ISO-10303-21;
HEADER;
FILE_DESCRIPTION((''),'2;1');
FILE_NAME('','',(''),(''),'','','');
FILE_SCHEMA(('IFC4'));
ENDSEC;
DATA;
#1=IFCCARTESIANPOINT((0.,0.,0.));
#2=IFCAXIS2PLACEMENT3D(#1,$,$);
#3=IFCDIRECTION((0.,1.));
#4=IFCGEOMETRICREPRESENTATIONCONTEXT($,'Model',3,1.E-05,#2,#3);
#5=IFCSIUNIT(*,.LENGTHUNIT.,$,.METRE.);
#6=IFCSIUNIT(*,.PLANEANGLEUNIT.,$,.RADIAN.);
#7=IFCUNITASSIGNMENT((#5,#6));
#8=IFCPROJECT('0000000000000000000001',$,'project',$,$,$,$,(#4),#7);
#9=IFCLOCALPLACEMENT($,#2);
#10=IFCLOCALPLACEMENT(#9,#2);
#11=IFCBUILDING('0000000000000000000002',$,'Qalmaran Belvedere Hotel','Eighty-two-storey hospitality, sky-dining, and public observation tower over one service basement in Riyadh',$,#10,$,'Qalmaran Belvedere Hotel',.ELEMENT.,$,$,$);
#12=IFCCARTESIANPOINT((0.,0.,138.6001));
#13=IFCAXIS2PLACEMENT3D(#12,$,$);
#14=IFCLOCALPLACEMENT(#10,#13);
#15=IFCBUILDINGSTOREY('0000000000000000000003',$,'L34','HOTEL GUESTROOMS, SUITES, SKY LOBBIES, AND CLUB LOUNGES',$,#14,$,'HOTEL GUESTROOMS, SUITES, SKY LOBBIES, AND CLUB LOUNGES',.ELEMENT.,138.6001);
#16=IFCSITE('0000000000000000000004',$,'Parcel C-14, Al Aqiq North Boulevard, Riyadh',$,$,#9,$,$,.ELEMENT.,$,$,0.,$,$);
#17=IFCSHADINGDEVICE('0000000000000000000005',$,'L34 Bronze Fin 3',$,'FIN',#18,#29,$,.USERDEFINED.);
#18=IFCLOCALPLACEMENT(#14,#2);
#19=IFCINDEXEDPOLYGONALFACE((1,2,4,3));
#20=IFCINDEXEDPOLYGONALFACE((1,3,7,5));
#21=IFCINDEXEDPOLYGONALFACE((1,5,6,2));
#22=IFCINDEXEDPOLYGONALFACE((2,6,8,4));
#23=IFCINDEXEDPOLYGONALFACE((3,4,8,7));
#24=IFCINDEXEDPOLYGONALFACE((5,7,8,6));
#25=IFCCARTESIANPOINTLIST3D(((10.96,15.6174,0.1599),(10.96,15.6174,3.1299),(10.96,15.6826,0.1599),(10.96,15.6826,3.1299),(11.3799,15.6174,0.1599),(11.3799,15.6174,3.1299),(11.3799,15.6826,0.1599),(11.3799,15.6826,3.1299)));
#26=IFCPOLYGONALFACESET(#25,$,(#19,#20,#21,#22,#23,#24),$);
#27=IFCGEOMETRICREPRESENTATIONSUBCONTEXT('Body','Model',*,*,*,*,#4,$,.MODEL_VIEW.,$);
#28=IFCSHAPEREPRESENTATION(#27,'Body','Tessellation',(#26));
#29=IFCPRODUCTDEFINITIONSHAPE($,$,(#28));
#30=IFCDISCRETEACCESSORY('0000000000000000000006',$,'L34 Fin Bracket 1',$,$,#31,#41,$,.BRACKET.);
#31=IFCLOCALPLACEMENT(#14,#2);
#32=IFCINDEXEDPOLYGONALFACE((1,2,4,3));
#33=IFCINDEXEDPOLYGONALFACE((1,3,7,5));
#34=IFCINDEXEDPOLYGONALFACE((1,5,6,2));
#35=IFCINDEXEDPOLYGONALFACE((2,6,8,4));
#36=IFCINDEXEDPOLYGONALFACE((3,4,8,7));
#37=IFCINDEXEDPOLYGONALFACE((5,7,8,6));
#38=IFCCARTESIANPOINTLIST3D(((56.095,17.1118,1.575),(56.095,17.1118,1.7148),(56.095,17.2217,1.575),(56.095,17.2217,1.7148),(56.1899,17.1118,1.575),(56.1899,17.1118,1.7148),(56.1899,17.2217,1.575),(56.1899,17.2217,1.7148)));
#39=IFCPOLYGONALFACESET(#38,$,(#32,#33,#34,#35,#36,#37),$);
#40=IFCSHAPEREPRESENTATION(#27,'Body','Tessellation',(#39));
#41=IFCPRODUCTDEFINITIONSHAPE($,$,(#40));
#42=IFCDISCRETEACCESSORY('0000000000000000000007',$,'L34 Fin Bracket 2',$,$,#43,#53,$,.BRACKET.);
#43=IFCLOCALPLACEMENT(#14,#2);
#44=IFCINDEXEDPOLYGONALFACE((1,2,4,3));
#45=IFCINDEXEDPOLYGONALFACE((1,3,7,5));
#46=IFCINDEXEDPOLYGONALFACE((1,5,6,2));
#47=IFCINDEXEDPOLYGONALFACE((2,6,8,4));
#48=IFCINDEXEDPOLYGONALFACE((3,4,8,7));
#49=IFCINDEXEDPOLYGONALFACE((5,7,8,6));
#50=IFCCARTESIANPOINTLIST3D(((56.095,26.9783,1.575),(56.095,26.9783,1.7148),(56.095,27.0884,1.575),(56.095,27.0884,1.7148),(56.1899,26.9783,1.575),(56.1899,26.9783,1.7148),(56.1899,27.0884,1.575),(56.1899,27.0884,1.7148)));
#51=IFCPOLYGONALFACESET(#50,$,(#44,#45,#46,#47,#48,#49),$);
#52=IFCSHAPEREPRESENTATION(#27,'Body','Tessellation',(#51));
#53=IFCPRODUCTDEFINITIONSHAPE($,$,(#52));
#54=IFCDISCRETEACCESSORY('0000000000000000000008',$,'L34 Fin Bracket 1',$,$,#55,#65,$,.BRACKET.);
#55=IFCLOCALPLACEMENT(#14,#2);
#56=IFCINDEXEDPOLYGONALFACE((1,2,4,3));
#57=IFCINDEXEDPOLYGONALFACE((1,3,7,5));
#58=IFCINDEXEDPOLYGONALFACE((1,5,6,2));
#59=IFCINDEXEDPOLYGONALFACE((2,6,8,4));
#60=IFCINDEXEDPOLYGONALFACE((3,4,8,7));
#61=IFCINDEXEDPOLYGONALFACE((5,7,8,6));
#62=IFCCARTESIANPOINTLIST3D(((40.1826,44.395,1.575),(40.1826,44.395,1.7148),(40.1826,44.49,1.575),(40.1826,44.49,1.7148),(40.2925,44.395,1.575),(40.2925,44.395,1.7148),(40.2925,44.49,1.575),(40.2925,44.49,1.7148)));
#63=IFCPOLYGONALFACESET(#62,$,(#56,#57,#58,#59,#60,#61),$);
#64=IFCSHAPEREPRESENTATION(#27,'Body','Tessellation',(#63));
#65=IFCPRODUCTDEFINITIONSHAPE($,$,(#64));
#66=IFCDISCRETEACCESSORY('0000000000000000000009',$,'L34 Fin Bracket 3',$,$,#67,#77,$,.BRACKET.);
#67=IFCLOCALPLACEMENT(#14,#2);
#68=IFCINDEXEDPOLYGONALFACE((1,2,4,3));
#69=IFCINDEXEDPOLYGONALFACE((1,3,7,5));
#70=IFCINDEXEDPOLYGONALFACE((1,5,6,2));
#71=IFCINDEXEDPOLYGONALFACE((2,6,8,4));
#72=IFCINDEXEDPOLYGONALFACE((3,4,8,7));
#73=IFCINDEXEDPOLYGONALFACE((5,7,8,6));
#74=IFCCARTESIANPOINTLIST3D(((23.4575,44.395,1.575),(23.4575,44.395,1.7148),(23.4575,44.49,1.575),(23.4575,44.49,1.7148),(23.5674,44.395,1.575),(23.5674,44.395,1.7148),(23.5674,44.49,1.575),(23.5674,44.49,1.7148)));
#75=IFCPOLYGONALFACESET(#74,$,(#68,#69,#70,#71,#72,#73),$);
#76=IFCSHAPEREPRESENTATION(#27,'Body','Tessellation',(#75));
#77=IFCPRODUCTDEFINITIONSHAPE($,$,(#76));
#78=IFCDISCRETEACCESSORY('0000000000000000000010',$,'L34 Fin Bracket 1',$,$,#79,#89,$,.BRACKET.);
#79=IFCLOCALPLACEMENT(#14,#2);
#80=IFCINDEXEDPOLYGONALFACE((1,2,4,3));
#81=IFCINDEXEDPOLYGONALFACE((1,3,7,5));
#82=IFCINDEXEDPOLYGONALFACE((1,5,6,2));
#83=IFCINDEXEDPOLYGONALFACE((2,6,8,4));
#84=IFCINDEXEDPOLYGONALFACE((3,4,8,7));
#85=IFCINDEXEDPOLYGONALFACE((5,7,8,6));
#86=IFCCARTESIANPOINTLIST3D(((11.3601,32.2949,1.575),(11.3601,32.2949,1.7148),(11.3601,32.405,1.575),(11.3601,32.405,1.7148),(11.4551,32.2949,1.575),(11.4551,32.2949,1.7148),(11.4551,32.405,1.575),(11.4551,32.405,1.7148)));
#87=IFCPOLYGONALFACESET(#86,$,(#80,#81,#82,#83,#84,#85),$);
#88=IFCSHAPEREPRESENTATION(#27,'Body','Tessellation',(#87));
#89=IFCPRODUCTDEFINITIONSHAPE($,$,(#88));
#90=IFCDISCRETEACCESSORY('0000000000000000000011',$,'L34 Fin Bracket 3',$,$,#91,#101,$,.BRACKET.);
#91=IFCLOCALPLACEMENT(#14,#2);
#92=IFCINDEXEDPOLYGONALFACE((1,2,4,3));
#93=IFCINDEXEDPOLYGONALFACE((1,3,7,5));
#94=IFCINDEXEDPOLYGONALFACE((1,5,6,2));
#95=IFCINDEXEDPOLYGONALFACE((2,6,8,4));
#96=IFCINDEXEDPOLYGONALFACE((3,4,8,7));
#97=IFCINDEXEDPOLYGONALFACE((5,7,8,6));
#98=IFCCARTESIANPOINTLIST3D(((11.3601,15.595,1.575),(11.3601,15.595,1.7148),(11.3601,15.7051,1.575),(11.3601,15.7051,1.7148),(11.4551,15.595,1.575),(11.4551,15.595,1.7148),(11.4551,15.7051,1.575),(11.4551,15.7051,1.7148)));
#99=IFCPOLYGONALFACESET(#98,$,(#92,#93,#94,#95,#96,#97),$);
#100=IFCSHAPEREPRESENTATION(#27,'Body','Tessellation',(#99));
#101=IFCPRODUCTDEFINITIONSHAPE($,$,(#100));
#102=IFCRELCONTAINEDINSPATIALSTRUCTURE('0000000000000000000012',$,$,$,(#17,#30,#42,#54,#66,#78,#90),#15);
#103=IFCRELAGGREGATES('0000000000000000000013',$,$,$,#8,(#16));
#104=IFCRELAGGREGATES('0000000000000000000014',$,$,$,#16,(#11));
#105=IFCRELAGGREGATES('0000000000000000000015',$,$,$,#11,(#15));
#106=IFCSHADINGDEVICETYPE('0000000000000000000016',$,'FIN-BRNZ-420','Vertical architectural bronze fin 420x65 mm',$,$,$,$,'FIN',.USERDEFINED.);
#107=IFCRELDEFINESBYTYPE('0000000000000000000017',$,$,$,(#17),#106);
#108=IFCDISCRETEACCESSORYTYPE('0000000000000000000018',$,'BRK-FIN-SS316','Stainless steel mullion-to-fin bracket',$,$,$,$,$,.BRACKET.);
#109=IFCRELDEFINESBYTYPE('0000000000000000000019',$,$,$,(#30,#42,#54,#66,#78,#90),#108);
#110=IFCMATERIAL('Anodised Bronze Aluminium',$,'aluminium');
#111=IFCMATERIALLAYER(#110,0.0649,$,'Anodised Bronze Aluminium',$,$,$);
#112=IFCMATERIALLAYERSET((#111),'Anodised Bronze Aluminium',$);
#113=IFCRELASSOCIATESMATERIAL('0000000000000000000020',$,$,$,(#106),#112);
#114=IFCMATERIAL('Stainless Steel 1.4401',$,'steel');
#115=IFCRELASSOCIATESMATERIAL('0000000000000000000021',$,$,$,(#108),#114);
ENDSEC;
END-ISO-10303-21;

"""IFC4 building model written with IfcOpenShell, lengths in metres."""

from ifc_helpers import new_model, si_unit, direction, frame, origin, place, context, subcontext, project, spatial, polyline, outline, extrude, material, layer, layer_set, type_object, element, save


model = new_model("IFC4")

# Units and contexts
model_context = context("Model", 3, precision=1e-05, world=origin(), true_north=direction((0.0, 1.0)))
body_context = subcontext(model_context, "Body", "Model", "MODEL_VIEW")
ifc_project = project(units=[si_unit("LENGTHUNIT", "METRE"), si_unit("PLANEANGLEUNIT", "RADIAN")], contexts=[model_context])

# Site, building, storey
site_placement = place(None, origin())
site = spatial("IfcSite", under=ifc_project, at=site_placement, Name="Parcel C-14, Al Aqiq North Boulevard, Riyadh", CompositionType="ELEMENT", RefElevation=0.0)
building_placement = place(site_placement, origin())
building = spatial("IfcBuilding", under=site, at=building_placement, Name="Qalmaran Belvedere Hotel", Description="Eighty-two-storey hospitality, sky-dining, and public observation tower over one service basement in Riyadh", LongName="Qalmaran Belvedere Hotel", CompositionType="ELEMENT")
storey_placement = place(building_placement, frame((0.0, 0.0, 138.6001)))
storey = spatial("IfcBuildingStorey", under=building, at=storey_placement, Name="L34", Description="HOTEL GUESTROOMS, SUITES, SKY LOBBIES, AND CLUB LOUNGES", LongName="HOTEL GUESTROOMS, SUITES, SKY LOBBIES, AND CLUB LOUNGES", CompositionType="ELEMENT", Elevation=138.6001)

# Shared definitions
ifc_material_1 = material(Name="Anodised Bronze Aluminium", Category="aluminium")

# Shading device
ifc_layer_1 = layer(ifc_material_1, 0.0649, Name="Anodised Bronze Aluminium")
ifc_layer_set_1 = layer_set([ifc_layer_1], Name="Anodised Bronze Aluminium")
shading_device_type = type_object("IfcShadingDeviceType", Name="FIN-BRNZ-420", Description="Vertical architectural bronze fin 420x65 mm", ElementType="FIN", PredefinedType="USERDEFINED", material=ifc_layer_set_1)
shading_device_1_placement = place(storey_placement, frame((0.0, 0.0, 0.1599)))
element("IfcShadingDevice", 1, at=shading_device_1_placement, inside=storey, type_object=shading_device_type, Name="L34 Bronze Fin 3", ObjectType="FIN", PredefinedType="USERDEFINED", context=body_context, shape_type="SweptSolid", body=[
    extrude(outline(polyline([(11.3799, 15.6826), (10.96, 15.6826), (10.96, 15.6174), (11.3799, 15.6174), (11.3799, 15.6826)])), origin(), (0.0, 0.0, 1.0), 2.97),
])

# Discrete accessories
ifc_material_2 = material(Name="Stainless Steel 1.4401", Category="steel")
discrete_accessory_type = type_object("IfcDiscreteAccessoryType", Name="BRK-FIN-SS316", Description="Stainless steel mullion-to-fin bracket", PredefinedType="BRACKET", material=ifc_material_2)
discrete_accessory_1_placement = place(storey_placement, frame((0.0, 0.0, 1.575)))
element("IfcDiscreteAccessory", 2, at=discrete_accessory_1_placement, inside=storey, type_object=discrete_accessory_type, Name="L34 Fin Bracket 1", PredefinedType="BRACKET", context=body_context, shape_type="SweptSolid", body=[
    extrude(outline(polyline([(56.095, 17.1118), (56.1899, 17.1118), (56.1899, 17.2217), (56.095, 17.2217), (56.095, 17.1118)])), origin(), (0.0, 0.0, 1.0), 0.1399),
])
discrete_accessory_2_placement = place(storey_placement, frame((0.0, 0.0, 1.575)))
element("IfcDiscreteAccessory", 3, at=discrete_accessory_2_placement, inside=storey, type_object=discrete_accessory_type, Name="L34 Fin Bracket 2", PredefinedType="BRACKET", context=body_context, shape_type="SweptSolid", body=[
    extrude(outline(polyline([(56.095, 26.9783), (56.1899, 26.9783), (56.1899, 27.0884), (56.095, 27.0884), (56.095, 26.9783)])), origin(), (0.0, 0.0, 1.0), 0.1399),
])
discrete_accessory_3_placement = place(storey_placement, frame((0.0, 0.0, 1.575)))
element("IfcDiscreteAccessory", 4, at=discrete_accessory_3_placement, inside=storey, type_object=discrete_accessory_type, Name="L34 Fin Bracket 1", PredefinedType="BRACKET", context=body_context, shape_type="SweptSolid", body=[
    extrude(outline(polyline([(40.2925, 44.395), (40.2925, 44.49), (40.1826, 44.49), (40.1826, 44.395), (40.2925, 44.395)])), origin(), (0.0, 0.0, 1.0), 0.1399),
])
discrete_accessory_4_placement = place(storey_placement, frame((0.0, 0.0, 1.575)))
element("IfcDiscreteAccessory", 5, at=discrete_accessory_4_placement, inside=storey, type_object=discrete_accessory_type, Name="L34 Fin Bracket 3", PredefinedType="BRACKET", context=body_context, shape_type="SweptSolid", body=[
    extrude(outline(polyline([(23.5674, 44.395), (23.5674, 44.49), (23.4575, 44.49), (23.4575, 44.395), (23.5674, 44.395)])), origin(), (0.0, 0.0, 1.0), 0.1399),
])
discrete_accessory_5_placement = place(storey_placement, frame((0.0, 0.0, 1.575)))
element("IfcDiscreteAccessory", 6, at=discrete_accessory_5_placement, inside=storey, type_object=discrete_accessory_type, Name="L34 Fin Bracket 1", PredefinedType="BRACKET", context=body_context, shape_type="SweptSolid", body=[
    extrude(outline(polyline([(11.4551, 32.405), (11.3601, 32.405), (11.3601, 32.2949), (11.4551, 32.2949), (11.4551, 32.405)])), origin(), (0.0, 0.0, 1.0), 0.1399),
])
discrete_accessory_6_placement = place(storey_placement, frame((0.0, 0.0, 1.575)))
element("IfcDiscreteAccessory", 7, at=discrete_accessory_6_placement, inside=storey, type_object=discrete_accessory_type, Name="L34 Fin Bracket 3", PredefinedType="BRACKET", context=body_context, shape_type="SweptSolid", body=[
    extrude(outline(polyline([(11.4551, 15.7051), (11.3601, 15.7051), (11.3601, 15.595), (11.4551, 15.595), (11.4551, 15.7051)])), origin(), (0.0, 0.0, 1.0), 0.1399),
])

save(model, "model.ifc")
